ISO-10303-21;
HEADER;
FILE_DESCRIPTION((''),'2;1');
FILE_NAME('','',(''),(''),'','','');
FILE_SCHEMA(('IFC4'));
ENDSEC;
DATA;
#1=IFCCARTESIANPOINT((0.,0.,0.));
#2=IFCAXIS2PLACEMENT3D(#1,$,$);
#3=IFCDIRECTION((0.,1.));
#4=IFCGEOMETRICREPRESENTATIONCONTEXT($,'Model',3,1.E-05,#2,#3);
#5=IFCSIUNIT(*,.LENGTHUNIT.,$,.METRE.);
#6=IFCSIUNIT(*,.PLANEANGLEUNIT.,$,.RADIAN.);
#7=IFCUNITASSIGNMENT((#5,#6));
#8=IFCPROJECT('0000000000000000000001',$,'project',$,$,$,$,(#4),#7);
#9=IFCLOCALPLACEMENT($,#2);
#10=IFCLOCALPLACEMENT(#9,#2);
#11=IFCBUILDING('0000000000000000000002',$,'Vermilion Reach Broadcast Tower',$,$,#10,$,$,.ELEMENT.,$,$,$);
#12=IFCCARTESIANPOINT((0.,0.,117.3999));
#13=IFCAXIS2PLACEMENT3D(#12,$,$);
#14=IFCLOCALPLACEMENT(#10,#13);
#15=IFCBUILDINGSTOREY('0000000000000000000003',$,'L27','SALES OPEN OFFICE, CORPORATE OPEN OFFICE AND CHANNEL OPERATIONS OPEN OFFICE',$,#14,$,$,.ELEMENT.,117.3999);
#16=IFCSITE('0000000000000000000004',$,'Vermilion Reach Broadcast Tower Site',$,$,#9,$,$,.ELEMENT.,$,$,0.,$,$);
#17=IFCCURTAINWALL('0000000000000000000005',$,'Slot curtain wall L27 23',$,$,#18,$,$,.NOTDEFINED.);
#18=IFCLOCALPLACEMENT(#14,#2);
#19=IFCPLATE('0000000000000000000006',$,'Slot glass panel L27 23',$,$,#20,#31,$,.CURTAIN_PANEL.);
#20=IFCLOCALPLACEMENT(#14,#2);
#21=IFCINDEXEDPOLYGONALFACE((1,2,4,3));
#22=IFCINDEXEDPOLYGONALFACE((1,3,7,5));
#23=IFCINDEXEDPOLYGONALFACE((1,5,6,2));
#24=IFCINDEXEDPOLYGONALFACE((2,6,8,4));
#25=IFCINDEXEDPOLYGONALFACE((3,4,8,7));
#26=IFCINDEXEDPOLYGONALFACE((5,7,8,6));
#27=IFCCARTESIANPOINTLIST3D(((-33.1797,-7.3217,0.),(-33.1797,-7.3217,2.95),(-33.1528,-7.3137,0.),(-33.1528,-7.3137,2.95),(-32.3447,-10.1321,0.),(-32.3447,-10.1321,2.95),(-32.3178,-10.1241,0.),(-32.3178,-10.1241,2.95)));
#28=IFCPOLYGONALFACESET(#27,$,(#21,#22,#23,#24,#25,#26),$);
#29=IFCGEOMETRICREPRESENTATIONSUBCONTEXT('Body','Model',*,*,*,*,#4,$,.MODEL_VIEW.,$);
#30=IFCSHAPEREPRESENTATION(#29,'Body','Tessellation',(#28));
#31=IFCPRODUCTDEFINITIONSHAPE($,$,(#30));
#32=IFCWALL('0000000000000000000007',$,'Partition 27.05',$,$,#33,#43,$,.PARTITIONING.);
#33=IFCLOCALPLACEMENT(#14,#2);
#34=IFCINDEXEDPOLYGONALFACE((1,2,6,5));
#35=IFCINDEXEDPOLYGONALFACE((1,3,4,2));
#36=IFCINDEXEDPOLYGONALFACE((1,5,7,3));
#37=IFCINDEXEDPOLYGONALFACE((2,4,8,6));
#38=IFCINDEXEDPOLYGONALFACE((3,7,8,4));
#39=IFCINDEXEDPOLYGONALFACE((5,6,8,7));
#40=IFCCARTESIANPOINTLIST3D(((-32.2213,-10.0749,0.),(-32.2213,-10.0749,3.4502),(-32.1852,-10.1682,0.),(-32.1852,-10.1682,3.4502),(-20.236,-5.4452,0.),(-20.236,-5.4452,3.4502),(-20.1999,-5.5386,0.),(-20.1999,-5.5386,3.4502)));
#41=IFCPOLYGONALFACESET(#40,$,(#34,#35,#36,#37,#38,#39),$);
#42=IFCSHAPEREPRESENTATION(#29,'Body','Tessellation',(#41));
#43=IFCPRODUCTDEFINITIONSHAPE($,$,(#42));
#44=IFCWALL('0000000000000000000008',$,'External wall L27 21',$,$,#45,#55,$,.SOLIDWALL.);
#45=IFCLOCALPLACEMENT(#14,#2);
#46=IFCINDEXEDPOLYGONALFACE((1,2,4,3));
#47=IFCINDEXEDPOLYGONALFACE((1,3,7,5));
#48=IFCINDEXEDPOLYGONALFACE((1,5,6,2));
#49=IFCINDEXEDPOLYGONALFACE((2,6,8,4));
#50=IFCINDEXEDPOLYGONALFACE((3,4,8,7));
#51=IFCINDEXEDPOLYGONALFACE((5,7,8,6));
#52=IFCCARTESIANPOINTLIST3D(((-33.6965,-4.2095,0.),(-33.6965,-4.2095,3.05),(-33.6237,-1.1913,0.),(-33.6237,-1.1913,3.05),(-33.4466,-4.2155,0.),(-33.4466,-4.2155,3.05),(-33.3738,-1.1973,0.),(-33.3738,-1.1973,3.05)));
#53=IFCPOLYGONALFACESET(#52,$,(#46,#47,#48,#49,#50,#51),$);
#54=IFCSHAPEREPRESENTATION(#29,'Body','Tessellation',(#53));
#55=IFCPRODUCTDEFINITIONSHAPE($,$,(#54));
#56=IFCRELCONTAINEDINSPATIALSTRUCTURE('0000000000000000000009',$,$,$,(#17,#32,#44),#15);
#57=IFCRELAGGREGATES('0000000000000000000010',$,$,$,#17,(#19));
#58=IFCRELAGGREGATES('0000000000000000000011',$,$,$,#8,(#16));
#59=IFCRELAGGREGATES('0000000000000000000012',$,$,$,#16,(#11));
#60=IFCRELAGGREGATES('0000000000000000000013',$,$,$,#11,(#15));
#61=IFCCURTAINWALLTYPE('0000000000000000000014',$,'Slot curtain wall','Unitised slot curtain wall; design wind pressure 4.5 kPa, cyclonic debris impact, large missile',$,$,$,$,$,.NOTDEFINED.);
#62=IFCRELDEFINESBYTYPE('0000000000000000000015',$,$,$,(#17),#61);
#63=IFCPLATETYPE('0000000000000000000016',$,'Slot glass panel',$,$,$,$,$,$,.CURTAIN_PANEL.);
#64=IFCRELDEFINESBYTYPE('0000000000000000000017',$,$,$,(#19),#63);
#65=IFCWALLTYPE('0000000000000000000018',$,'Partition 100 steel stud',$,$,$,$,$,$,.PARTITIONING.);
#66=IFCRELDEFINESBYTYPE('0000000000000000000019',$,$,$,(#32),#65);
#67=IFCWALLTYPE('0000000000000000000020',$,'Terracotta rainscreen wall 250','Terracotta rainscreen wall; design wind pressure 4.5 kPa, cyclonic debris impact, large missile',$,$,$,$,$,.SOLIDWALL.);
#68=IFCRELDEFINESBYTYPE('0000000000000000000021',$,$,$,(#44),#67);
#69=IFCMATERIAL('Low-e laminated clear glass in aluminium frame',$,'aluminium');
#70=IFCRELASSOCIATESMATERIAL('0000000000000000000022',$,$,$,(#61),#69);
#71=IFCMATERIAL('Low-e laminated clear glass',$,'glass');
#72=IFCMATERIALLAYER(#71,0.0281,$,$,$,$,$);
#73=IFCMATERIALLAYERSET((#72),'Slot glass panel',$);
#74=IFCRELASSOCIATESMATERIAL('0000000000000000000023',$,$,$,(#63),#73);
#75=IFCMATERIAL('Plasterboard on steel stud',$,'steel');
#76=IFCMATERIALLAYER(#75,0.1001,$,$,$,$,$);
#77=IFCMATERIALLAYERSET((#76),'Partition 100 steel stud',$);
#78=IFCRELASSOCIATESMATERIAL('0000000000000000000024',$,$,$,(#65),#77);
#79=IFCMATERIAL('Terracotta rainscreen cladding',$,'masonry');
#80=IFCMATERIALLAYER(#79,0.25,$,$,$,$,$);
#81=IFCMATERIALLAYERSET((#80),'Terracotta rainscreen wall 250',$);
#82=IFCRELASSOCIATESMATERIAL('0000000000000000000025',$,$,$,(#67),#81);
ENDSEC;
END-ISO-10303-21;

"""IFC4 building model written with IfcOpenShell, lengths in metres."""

from ifc_helpers import new_model, si_unit, direction, frame, frame_2d, origin, origin_2d, place, context, subcontext, project, spatial, rectangle, extrude, material, layer, layer_set, type_object, element, aggregate, save


model = new_model("IFC4")

# Units and contexts
model_context = context("Model", 3, precision=1e-05, world=origin(), true_north=direction((0.0, 1.0)))
body_context = subcontext(model_context, "Body", "Model", "MODEL_VIEW")
ifc_project = project(units=[si_unit("LENGTHUNIT", "METRE"), si_unit("PLANEANGLEUNIT", "RADIAN")], contexts=[model_context])

# Site, building, storey
site_placement = place(None, origin())
site = spatial("IfcSite", under=ifc_project, at=site_placement, Name="Vermilion Reach Broadcast Tower Site", CompositionType="ELEMENT", RefElevation=0.0)
building_placement = place(site_placement, origin())
building = spatial("IfcBuilding", under=site, at=building_placement, Name="Vermilion Reach Broadcast Tower", CompositionType="ELEMENT")
storey_placement = place(building_placement, frame((0.0, 0.0, 117.3999)))
storey = spatial("IfcBuildingStorey", under=building, at=storey_placement, Name="L27", Description="SALES OPEN OFFICE, CORPORATE OPEN OFFICE AND CHANNEL OPERATIONS OPEN OFFICE", CompositionType="ELEMENT", Elevation=117.3999)

# Curtain wall
ifc_material_1 = material(Name="Low-e laminated clear glass in aluminium frame", Category="aluminium")
curtain_wall_type = type_object("IfcCurtainWallType", Name="Slot curtain wall", Description="Unitised slot curtain wall; design wind pressure 4.5 kPa, cyclonic debris impact, large missile", PredefinedType="NOTDEFINED", material=ifc_material_1)
placement = place(storey_placement, origin())
curtain_wall_1 = element("IfcCurtainWall", 1, at=placement, inside=storey, type_object=curtain_wall_type, Name="Slot curtain wall L27 23", PredefinedType="NOTDEFINED")

# Plate
ifc_material_2 = material(Name="Low-e laminated clear glass", Category="glass")
ifc_layer_1 = layer(ifc_material_2, 0.0281)
ifc_layer_set_1 = layer_set([ifc_layer_1], Name="Slot glass panel")
plate_type = type_object("IfcPlateType", Name="Slot glass panel", PredefinedType="CURTAIN_PANEL", material=ifc_layer_set_1)
plate_1_placement = place(storey_placement, frame((-32.7488, -8.7229, 0.0), z_axis=(0.0, 0.0, 1.0), x_axis=(0.284798, -0.958588, 0.0)))
plate_1 = element("IfcPlate", 2, at=plate_1_placement, type_object=plate_type, Name="Slot glass panel L27 23", PredefinedType="CURTAIN_PANEL", context=body_context, shape_type="SweptSolid", body=[
    extrude(rectangle(XDim=2.9319, YDim=0.0281, at=origin_2d()), origin(), (0.0, 0.0, 1.0), 2.95),
])
aggregate(curtain_wall_1, [plate_1])

# Walls
ifc_material_3 = material(Name="Plasterboard on steel stud", Category="steel")
ifc_layer_2 = layer(ifc_material_3, 0.1001)
ifc_layer_set_2 = layer_set([ifc_layer_2], Name="Partition 100 steel stud")
wall_type_1 = type_object("IfcWallType", Name="Partition 100 steel stud", PredefinedType="PARTITIONING", material=ifc_layer_set_2)
wall_1_placement = place(storey_placement, frame((-32.2034, -10.1216, 0.0), z_axis=(0.0, 0.0, 1.0), x_axis=(0.932826, 0.360327, 0.0)))
element("IfcWall", 3, at=wall_1_placement, inside=storey, type_object=wall_type_1, Name="Partition 27.05", PredefinedType="PARTITIONING", context=body_context, shape_type="SweptSolid", body=[
    extrude(rectangle(XDim=12.8484, YDim=0.1001, at=frame_2d((6.4243, 0.0))), origin(), (0.0, 0.0, 1.0), 3.4502),
])
ifc_material_4 = material(Name="Terracotta rainscreen cladding", Category="masonry")
ifc_layer_3 = layer(ifc_material_4, 0.25)
ifc_layer_set_3 = layer_set([ifc_layer_3], Name="Terracotta rainscreen wall 250")
wall_type_2 = type_object("IfcWallType", Name="Terracotta rainscreen wall 250", Description="Terracotta rainscreen wall; design wind pressure 4.5 kPa, cyclonic debris impact, large missile", PredefinedType="SOLIDWALL", material=ifc_layer_set_3)
wall_2_placement = place(storey_placement, frame((-33.4988, -1.1943, 0.0), z_axis=(0.0, 0.0, 1.0), x_axis=(-0.024099, -0.99971, 0.0)))
element("IfcWall", 4, at=wall_2_placement, inside=storey, type_object=wall_type_2, Name="External wall L27 21", PredefinedType="SOLIDWALL", context=body_context, shape_type="SweptSolid", body=[
    extrude(rectangle(XDim=3.019, YDim=0.25, at=frame_2d((1.5095, 0.0))), origin(), (0.0, 0.0, 1.0), 3.05),
])

save(model, "model.ifc")
